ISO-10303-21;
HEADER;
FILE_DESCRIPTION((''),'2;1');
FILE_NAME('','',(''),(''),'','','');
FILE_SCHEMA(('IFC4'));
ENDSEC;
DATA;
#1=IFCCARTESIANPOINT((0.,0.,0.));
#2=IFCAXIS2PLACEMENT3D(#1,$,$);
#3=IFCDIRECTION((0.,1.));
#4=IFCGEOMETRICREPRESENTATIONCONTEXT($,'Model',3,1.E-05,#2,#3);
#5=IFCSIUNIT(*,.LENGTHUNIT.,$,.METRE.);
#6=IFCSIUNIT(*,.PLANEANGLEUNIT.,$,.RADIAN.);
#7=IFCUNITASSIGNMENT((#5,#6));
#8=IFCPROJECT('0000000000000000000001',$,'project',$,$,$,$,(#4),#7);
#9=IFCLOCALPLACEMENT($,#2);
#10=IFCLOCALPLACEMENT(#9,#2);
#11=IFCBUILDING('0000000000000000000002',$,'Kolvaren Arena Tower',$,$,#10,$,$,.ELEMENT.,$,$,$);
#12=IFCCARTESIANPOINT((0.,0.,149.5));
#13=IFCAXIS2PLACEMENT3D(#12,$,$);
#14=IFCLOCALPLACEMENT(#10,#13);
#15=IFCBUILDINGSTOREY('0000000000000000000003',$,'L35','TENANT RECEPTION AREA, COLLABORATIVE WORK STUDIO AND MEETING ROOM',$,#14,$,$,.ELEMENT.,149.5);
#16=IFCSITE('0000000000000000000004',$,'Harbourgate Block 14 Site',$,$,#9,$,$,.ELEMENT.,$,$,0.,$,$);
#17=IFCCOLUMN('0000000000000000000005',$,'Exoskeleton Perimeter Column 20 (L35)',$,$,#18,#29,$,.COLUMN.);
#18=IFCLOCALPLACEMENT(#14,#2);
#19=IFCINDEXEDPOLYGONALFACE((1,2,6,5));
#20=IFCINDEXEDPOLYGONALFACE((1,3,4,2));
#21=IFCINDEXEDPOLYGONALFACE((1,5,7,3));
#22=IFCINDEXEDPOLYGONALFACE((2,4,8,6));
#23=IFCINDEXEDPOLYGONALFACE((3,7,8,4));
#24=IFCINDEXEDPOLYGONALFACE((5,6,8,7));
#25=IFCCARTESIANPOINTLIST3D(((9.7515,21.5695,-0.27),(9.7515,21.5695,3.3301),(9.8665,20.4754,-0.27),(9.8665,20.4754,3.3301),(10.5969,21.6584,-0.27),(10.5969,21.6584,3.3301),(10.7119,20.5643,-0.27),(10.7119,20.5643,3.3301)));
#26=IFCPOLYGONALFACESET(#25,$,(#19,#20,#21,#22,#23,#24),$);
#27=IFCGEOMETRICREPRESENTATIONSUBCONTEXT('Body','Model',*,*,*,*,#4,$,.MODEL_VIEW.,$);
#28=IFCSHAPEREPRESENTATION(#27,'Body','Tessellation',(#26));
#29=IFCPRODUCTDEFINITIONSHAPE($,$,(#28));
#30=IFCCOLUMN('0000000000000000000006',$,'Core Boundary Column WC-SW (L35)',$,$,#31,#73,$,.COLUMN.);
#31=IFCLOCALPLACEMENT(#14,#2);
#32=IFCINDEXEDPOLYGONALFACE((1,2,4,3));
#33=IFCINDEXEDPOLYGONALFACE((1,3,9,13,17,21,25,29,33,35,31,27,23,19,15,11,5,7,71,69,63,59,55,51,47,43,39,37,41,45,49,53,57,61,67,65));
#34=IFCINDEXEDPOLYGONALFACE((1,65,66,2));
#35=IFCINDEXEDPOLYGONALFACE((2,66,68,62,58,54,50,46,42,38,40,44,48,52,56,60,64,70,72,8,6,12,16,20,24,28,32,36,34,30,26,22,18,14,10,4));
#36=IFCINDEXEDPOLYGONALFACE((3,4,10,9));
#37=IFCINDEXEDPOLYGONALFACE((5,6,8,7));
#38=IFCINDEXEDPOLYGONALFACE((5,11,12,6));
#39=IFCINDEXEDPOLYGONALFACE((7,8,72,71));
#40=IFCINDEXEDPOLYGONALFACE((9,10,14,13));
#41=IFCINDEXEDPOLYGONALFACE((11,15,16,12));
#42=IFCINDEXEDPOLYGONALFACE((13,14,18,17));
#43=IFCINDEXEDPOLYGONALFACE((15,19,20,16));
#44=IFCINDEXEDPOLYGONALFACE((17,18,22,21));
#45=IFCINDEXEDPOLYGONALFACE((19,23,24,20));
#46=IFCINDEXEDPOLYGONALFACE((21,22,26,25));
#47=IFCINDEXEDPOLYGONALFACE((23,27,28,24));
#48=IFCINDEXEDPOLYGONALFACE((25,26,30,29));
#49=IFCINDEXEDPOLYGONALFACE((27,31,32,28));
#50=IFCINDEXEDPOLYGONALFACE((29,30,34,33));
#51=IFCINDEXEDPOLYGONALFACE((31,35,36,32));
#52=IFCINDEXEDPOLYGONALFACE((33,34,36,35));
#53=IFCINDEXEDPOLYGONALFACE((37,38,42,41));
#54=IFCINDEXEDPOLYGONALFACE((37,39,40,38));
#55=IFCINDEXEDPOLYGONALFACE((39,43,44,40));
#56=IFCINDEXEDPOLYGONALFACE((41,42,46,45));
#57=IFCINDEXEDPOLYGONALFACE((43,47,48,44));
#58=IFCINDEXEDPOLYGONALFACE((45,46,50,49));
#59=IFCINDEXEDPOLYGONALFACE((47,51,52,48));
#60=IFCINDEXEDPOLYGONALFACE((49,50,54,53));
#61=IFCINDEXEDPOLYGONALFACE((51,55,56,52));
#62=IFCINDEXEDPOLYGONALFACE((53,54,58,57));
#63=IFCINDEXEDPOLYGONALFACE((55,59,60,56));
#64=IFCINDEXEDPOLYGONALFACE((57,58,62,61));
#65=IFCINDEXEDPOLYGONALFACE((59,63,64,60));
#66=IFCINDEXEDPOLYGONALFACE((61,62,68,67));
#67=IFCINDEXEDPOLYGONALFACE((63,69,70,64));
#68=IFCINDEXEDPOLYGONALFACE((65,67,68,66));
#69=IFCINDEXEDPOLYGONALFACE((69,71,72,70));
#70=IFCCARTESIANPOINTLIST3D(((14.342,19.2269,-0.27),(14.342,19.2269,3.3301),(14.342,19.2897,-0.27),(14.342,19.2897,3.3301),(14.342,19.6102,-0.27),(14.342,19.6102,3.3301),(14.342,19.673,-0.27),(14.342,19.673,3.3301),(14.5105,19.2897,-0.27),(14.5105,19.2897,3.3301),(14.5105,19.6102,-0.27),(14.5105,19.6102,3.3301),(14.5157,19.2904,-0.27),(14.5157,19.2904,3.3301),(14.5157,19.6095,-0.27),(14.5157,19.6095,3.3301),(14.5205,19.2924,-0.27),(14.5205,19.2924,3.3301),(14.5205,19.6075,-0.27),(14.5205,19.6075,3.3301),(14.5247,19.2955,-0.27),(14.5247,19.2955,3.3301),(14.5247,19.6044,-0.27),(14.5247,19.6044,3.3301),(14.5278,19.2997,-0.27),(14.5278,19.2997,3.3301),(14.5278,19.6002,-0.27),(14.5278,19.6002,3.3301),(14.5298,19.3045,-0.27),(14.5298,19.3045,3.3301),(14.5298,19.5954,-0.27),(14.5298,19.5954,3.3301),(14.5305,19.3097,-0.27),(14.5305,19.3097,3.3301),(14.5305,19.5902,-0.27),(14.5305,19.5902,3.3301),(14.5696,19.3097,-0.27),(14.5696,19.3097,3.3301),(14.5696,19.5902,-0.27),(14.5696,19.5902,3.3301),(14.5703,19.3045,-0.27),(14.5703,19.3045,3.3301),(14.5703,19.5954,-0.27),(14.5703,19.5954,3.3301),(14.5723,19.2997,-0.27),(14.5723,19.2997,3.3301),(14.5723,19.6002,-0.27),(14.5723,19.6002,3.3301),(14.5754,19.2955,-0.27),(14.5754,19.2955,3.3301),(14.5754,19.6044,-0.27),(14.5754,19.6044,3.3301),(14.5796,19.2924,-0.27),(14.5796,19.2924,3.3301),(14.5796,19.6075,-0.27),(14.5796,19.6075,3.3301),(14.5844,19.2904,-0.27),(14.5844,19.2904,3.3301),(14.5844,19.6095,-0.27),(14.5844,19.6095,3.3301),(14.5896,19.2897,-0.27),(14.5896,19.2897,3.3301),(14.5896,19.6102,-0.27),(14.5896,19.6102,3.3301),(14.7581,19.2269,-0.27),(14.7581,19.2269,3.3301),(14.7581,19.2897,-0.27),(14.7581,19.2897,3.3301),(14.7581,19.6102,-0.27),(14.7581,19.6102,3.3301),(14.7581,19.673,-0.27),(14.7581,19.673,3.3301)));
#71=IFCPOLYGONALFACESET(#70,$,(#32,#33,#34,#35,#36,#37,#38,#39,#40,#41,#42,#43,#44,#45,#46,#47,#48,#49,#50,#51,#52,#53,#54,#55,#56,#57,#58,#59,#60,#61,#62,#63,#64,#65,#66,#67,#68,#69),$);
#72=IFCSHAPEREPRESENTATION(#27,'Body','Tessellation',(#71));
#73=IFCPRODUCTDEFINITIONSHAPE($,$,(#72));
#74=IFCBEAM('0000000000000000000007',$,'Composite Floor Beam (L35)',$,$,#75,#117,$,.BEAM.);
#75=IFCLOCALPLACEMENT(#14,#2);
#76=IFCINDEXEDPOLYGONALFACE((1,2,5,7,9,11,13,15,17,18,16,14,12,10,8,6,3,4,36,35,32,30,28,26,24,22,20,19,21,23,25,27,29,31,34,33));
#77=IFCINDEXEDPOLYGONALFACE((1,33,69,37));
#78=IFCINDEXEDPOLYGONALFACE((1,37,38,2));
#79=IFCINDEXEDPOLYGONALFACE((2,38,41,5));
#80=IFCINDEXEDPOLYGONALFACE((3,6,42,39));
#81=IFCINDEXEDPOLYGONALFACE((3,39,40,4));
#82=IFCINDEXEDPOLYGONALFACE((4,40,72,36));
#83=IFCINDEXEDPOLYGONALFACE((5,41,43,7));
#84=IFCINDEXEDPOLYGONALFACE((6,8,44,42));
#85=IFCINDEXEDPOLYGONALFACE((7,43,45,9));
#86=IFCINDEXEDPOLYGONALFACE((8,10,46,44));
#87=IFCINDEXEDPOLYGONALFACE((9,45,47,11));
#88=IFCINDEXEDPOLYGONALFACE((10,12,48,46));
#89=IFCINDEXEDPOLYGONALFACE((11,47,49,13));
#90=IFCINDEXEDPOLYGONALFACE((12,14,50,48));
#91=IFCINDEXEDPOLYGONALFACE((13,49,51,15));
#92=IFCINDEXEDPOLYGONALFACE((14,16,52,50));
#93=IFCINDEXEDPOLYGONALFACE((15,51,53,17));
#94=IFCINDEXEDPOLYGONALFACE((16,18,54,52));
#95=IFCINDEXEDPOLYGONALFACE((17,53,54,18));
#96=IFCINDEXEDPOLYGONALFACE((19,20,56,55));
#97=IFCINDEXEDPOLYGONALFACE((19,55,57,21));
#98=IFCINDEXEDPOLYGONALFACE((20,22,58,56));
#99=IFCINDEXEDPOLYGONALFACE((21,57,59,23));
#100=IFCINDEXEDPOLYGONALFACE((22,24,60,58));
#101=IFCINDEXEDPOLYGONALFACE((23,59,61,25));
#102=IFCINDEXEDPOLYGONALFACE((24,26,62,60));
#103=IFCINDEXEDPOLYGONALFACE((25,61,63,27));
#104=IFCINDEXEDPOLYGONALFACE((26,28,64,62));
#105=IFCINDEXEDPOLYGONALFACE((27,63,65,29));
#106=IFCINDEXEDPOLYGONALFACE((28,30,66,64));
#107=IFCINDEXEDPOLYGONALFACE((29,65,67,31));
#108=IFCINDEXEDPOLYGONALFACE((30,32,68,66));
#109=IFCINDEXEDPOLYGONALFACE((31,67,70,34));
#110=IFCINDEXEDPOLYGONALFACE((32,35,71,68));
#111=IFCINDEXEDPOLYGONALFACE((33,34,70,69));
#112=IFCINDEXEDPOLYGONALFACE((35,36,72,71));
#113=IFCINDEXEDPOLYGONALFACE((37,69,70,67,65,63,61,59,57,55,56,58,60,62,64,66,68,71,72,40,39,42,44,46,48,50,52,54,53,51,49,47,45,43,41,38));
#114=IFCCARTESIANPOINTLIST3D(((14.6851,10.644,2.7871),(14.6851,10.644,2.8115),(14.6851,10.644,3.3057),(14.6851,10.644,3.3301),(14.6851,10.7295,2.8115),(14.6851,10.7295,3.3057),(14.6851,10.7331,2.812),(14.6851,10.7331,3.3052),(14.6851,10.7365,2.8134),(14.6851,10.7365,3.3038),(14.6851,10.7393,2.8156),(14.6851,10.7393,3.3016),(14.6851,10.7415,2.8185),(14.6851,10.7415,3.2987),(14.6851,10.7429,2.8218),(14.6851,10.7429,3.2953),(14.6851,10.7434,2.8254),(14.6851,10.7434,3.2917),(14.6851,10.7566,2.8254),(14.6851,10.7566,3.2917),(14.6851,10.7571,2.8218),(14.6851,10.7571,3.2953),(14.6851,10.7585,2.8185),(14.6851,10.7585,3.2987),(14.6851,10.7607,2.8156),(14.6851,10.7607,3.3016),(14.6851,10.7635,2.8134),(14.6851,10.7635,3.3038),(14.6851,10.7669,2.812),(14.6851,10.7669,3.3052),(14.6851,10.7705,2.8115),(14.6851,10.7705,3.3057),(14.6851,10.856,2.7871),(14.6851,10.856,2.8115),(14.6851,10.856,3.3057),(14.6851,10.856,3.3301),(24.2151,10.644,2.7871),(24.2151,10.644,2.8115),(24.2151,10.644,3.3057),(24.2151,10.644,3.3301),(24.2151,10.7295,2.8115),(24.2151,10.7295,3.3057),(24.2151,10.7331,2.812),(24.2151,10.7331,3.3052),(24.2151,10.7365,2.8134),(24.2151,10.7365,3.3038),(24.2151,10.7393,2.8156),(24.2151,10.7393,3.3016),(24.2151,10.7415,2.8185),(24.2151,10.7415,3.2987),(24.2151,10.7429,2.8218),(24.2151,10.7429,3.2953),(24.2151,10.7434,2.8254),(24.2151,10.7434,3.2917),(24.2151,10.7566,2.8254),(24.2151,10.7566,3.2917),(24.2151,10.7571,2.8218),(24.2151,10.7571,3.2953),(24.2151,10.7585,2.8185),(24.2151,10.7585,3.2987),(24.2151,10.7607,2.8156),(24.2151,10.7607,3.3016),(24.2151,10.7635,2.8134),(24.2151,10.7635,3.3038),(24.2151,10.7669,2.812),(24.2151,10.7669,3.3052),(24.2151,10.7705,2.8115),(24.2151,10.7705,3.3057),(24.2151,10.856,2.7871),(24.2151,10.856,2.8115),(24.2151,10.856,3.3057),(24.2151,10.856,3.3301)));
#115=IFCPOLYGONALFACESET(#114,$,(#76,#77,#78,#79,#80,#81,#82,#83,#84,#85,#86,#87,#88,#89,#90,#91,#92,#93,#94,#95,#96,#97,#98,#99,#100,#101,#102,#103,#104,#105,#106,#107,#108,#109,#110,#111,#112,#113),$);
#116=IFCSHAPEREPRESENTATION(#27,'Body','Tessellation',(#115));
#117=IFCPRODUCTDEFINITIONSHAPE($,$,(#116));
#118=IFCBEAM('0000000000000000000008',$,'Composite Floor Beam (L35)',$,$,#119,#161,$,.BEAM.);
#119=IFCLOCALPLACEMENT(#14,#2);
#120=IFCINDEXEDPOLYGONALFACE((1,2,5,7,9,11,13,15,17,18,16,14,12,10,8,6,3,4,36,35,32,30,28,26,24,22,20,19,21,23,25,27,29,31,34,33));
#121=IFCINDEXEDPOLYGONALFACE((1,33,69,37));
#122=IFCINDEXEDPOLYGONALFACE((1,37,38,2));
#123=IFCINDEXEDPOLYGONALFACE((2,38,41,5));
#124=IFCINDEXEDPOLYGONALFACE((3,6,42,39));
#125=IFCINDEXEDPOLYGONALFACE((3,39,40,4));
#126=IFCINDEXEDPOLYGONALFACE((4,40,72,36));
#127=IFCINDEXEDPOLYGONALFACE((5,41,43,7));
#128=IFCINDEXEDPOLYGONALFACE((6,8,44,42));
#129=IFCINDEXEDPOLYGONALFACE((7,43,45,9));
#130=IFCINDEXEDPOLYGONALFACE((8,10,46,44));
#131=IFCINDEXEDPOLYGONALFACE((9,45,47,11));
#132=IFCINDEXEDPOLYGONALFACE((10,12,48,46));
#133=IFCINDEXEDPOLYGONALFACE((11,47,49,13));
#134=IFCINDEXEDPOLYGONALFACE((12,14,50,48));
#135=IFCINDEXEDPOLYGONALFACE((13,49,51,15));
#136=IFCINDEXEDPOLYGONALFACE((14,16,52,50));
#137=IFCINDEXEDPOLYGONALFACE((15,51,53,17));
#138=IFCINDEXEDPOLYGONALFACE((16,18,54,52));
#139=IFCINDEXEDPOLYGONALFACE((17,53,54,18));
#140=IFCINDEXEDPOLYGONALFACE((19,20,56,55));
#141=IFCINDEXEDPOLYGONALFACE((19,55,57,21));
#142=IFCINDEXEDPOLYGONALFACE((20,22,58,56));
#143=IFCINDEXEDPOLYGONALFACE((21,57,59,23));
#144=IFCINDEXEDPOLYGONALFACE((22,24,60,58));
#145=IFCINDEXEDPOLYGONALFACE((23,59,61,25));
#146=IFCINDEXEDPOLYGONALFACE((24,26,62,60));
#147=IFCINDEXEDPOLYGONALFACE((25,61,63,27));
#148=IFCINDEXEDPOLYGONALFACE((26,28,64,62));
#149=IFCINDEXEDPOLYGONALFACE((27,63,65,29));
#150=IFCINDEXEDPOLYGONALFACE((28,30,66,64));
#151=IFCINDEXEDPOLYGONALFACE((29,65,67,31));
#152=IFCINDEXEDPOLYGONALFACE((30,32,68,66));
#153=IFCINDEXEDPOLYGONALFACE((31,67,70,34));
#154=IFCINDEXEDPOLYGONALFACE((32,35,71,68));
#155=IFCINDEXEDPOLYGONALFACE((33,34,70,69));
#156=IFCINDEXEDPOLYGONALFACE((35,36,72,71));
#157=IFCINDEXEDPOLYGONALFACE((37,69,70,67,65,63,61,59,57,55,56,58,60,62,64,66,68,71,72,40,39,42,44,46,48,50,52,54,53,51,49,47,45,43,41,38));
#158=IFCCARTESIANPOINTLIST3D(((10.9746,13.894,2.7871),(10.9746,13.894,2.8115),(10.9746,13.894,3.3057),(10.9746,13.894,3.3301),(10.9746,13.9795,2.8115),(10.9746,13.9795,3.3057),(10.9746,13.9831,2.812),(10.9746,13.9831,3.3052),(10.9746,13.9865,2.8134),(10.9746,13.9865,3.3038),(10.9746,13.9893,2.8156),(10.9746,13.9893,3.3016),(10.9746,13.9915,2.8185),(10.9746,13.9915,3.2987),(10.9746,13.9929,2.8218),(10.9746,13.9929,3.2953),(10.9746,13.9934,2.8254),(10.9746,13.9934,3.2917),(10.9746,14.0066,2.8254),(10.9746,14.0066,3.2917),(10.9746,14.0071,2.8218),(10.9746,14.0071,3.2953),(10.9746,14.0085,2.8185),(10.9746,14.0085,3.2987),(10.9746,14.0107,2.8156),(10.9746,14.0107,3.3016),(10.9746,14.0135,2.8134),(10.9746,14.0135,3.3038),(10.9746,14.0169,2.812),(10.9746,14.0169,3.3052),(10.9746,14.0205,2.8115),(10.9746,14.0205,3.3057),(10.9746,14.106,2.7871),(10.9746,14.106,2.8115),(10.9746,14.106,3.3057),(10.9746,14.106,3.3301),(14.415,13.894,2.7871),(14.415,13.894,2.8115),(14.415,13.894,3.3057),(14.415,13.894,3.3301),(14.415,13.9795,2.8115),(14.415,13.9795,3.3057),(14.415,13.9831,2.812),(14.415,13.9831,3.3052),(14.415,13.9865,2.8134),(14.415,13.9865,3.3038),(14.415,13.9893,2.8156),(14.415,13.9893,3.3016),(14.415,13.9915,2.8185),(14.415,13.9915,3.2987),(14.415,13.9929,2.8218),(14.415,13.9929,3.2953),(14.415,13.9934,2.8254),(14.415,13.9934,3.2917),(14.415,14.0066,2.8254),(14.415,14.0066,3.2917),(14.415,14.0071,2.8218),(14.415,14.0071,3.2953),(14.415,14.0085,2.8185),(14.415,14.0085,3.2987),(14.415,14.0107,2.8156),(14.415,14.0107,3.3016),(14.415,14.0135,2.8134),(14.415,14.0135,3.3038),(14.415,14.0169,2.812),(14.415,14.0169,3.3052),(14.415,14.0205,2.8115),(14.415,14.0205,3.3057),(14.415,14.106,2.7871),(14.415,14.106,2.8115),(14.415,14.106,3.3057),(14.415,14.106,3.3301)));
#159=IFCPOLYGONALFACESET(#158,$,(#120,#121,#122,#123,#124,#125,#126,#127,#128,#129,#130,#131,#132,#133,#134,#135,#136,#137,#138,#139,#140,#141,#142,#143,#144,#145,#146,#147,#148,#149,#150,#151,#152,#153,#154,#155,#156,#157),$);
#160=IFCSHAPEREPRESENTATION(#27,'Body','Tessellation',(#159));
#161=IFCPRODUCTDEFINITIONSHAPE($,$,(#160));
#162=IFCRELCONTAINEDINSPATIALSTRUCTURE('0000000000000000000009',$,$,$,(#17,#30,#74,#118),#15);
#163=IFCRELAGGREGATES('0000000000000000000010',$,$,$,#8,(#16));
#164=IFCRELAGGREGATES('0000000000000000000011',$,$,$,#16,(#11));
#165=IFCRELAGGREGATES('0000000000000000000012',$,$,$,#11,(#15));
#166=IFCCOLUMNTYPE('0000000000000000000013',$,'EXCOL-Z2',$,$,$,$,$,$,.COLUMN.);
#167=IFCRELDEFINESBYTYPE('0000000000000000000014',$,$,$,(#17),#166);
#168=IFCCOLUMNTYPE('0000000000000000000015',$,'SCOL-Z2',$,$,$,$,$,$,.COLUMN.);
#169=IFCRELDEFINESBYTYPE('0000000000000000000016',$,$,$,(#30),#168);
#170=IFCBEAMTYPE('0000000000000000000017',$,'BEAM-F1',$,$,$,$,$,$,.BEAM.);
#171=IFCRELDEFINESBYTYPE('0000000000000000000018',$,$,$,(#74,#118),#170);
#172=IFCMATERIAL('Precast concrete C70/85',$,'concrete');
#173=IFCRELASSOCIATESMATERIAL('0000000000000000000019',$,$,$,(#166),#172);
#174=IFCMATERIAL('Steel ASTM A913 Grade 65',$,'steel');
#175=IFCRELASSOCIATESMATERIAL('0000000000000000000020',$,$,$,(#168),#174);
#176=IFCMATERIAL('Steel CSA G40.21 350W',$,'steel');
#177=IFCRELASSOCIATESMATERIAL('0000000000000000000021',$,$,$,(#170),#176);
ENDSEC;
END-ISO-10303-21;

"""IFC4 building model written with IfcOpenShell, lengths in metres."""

from ifc_helpers import new_model, si_unit, direction, frame, origin, origin_2d, place, context, subcontext, project, spatial, rectangle, i_section, extrude, material, material_profile, profile_set, type_object, element, save


model = new_model("IFC4")

# Units and contexts
model_context = context("Model", 3, precision=1e-05, world=origin(), true_north=direction((0.0, 1.0)))
body_context = subcontext(model_context, "Body", "Model", "MODEL_VIEW")
ifc_project = project(units=[si_unit("LENGTHUNIT", "METRE"), si_unit("PLANEANGLEUNIT", "RADIAN")], contexts=[model_context])

# Site, building, storey
site_placement = place(None, origin())
site = spatial("IfcSite", under=ifc_project, at=site_placement, Name="Harbourgate Block 14 Site", CompositionType="ELEMENT", RefElevation=0.0)
building_placement = place(site_placement, origin())
building = spatial("IfcBuilding", under=site, at=building_placement, Name="Kolvaren Arena Tower", CompositionType="ELEMENT")
storey_placement = place(building_placement, frame((0.0, 0.0, 149.5)))
storey = spatial("IfcBuildingStorey", under=building, at=storey_placement, Name="L35", Description="TENANT RECEPTION AREA, COLLABORATIVE WORK STUDIO AND MEETING ROOM", CompositionType="ELEMENT", Elevation=149.5)

# Columns
ifc_material_1 = material(Name="Precast concrete C70/85", Category="concrete")
ifc_material_profile_1 = material_profile(ifc_material_1, rectangle(XDim=1.1001, YDim=0.8501, at=origin_2d()), Name="RC-1100x850")
ifc_profile_set_1 = profile_set([ifc_material_profile_1], Name="Precast concrete C70/85")
column_type_1 = type_object("IfcColumnType", Name="EXCOL-Z2", PredefinedType="COLUMN", material=ifc_profile_set_1)
column_1_placement = place(storey_placement, frame((10.2317, 21.0669, -0.27), z_axis=(0.0, 0.0, 1.0), x_axis=(-0.104528, 0.994522, 0.0)))
element("IfcColumn", 1, at=column_1_placement, inside=storey, type_object=column_type_1, Name="Exoskeleton Perimeter Column 20 (L35)", PredefinedType="COLUMN", context=body_context, shape_type="SweptSolid", body=[
    extrude(rectangle(XDim=1.1001, YDim=0.8501, at=origin_2d()), origin(), (0.0, 0.0, 1.0), 3.6001),
])
ifc_material_2 = material(Name="Steel ASTM A913 Grade 65", Category="steel")
ifc_material_profile_2 = material_profile(ifc_material_2, i_section(OverallWidth=0.416, OverallDepth=0.446, WebThickness=0.0391, FlangeThickness=0.0627, FilletRadius=0.02, at=origin_2d()), Name="W360x509")
ifc_profile_set_2 = profile_set([ifc_material_profile_2], Name="Steel ASTM A913 Grade 65")
column_type_2 = type_object("IfcColumnType", Name="SCOL-Z2", PredefinedType="COLUMN", material=ifc_profile_set_2)
column_2_placement = place(storey_placement, frame((14.55, 19.45, -0.27), z_axis=(0.0, 0.0, 1.0), x_axis=(1.0, 0.0, 0.0)))
element("IfcColumn", 2, at=column_2_placement, inside=storey, type_object=column_type_2, Name="Core Boundary Column WC-SW (L35)", PredefinedType="COLUMN", context=body_context, shape_type="SweptSolid", body=[
    extrude(i_section(OverallWidth=0.416, OverallDepth=0.446, WebThickness=0.0391, FlangeThickness=0.0627, FilletRadius=0.02, at=origin_2d()), origin(), (0.0, 0.0, 1.0), 3.6001),
])

# Beams
ifc_material_3 = material(Name="Steel CSA G40.21 350W", Category="steel")
ifc_material_profile_3 = material_profile(ifc_material_3, i_section(OverallWidth=0.2119, OverallDepth=0.543, WebThickness=0.0132, FlangeThickness=0.0244, FilletRadius=0.0139, at=origin_2d()), Name="W530x150")
ifc_profile_set_3 = profile_set([ifc_material_profile_3], Name="Steel CSA G40.21 350W")
beam_type_1 = type_object("IfcBeamType", Name="BEAM-F1", PredefinedType="BEAM", material=ifc_profile_set_3)
beam_1_placement = place(storey_placement, frame((14.6851, 10.75, 3.0586), z_axis=(1.0, 0.0, 0.0), x_axis=(0.0, 1.0, 0.0)))
element("IfcBeam", 3, at=beam_1_placement, inside=storey, type_object=beam_type_1, Name="Composite Floor Beam (L35)", PredefinedType="BEAM", context=body_context, shape_type="SweptSolid", body=[
    extrude(i_section(OverallWidth=0.2119, OverallDepth=0.543, WebThickness=0.0132, FlangeThickness=0.0244, FilletRadius=0.0139, at=origin_2d()), origin(), (0.0, 0.0, 1.0), 9.53),
])
beam_2_placement = place(storey_placement, frame((10.9746, 14.0, 3.0586), z_axis=(1.0, 0.0, 0.0), x_axis=(0.0, 1.0, 0.0)))
element("IfcBeam", 4, at=beam_2_placement, inside=storey, type_object=beam_type_1, Name="Composite Floor Beam (L35)", PredefinedType="BEAM", context=body_context, shape_type="SweptSolid", body=[
    extrude(i_section(OverallWidth=0.2119, OverallDepth=0.543, WebThickness=0.0132, FlangeThickness=0.0244, FilletRadius=0.0139, at=origin_2d()), origin(), (0.0, 0.0, 1.0), 3.4404),
])

save(model, "model.ifc")
